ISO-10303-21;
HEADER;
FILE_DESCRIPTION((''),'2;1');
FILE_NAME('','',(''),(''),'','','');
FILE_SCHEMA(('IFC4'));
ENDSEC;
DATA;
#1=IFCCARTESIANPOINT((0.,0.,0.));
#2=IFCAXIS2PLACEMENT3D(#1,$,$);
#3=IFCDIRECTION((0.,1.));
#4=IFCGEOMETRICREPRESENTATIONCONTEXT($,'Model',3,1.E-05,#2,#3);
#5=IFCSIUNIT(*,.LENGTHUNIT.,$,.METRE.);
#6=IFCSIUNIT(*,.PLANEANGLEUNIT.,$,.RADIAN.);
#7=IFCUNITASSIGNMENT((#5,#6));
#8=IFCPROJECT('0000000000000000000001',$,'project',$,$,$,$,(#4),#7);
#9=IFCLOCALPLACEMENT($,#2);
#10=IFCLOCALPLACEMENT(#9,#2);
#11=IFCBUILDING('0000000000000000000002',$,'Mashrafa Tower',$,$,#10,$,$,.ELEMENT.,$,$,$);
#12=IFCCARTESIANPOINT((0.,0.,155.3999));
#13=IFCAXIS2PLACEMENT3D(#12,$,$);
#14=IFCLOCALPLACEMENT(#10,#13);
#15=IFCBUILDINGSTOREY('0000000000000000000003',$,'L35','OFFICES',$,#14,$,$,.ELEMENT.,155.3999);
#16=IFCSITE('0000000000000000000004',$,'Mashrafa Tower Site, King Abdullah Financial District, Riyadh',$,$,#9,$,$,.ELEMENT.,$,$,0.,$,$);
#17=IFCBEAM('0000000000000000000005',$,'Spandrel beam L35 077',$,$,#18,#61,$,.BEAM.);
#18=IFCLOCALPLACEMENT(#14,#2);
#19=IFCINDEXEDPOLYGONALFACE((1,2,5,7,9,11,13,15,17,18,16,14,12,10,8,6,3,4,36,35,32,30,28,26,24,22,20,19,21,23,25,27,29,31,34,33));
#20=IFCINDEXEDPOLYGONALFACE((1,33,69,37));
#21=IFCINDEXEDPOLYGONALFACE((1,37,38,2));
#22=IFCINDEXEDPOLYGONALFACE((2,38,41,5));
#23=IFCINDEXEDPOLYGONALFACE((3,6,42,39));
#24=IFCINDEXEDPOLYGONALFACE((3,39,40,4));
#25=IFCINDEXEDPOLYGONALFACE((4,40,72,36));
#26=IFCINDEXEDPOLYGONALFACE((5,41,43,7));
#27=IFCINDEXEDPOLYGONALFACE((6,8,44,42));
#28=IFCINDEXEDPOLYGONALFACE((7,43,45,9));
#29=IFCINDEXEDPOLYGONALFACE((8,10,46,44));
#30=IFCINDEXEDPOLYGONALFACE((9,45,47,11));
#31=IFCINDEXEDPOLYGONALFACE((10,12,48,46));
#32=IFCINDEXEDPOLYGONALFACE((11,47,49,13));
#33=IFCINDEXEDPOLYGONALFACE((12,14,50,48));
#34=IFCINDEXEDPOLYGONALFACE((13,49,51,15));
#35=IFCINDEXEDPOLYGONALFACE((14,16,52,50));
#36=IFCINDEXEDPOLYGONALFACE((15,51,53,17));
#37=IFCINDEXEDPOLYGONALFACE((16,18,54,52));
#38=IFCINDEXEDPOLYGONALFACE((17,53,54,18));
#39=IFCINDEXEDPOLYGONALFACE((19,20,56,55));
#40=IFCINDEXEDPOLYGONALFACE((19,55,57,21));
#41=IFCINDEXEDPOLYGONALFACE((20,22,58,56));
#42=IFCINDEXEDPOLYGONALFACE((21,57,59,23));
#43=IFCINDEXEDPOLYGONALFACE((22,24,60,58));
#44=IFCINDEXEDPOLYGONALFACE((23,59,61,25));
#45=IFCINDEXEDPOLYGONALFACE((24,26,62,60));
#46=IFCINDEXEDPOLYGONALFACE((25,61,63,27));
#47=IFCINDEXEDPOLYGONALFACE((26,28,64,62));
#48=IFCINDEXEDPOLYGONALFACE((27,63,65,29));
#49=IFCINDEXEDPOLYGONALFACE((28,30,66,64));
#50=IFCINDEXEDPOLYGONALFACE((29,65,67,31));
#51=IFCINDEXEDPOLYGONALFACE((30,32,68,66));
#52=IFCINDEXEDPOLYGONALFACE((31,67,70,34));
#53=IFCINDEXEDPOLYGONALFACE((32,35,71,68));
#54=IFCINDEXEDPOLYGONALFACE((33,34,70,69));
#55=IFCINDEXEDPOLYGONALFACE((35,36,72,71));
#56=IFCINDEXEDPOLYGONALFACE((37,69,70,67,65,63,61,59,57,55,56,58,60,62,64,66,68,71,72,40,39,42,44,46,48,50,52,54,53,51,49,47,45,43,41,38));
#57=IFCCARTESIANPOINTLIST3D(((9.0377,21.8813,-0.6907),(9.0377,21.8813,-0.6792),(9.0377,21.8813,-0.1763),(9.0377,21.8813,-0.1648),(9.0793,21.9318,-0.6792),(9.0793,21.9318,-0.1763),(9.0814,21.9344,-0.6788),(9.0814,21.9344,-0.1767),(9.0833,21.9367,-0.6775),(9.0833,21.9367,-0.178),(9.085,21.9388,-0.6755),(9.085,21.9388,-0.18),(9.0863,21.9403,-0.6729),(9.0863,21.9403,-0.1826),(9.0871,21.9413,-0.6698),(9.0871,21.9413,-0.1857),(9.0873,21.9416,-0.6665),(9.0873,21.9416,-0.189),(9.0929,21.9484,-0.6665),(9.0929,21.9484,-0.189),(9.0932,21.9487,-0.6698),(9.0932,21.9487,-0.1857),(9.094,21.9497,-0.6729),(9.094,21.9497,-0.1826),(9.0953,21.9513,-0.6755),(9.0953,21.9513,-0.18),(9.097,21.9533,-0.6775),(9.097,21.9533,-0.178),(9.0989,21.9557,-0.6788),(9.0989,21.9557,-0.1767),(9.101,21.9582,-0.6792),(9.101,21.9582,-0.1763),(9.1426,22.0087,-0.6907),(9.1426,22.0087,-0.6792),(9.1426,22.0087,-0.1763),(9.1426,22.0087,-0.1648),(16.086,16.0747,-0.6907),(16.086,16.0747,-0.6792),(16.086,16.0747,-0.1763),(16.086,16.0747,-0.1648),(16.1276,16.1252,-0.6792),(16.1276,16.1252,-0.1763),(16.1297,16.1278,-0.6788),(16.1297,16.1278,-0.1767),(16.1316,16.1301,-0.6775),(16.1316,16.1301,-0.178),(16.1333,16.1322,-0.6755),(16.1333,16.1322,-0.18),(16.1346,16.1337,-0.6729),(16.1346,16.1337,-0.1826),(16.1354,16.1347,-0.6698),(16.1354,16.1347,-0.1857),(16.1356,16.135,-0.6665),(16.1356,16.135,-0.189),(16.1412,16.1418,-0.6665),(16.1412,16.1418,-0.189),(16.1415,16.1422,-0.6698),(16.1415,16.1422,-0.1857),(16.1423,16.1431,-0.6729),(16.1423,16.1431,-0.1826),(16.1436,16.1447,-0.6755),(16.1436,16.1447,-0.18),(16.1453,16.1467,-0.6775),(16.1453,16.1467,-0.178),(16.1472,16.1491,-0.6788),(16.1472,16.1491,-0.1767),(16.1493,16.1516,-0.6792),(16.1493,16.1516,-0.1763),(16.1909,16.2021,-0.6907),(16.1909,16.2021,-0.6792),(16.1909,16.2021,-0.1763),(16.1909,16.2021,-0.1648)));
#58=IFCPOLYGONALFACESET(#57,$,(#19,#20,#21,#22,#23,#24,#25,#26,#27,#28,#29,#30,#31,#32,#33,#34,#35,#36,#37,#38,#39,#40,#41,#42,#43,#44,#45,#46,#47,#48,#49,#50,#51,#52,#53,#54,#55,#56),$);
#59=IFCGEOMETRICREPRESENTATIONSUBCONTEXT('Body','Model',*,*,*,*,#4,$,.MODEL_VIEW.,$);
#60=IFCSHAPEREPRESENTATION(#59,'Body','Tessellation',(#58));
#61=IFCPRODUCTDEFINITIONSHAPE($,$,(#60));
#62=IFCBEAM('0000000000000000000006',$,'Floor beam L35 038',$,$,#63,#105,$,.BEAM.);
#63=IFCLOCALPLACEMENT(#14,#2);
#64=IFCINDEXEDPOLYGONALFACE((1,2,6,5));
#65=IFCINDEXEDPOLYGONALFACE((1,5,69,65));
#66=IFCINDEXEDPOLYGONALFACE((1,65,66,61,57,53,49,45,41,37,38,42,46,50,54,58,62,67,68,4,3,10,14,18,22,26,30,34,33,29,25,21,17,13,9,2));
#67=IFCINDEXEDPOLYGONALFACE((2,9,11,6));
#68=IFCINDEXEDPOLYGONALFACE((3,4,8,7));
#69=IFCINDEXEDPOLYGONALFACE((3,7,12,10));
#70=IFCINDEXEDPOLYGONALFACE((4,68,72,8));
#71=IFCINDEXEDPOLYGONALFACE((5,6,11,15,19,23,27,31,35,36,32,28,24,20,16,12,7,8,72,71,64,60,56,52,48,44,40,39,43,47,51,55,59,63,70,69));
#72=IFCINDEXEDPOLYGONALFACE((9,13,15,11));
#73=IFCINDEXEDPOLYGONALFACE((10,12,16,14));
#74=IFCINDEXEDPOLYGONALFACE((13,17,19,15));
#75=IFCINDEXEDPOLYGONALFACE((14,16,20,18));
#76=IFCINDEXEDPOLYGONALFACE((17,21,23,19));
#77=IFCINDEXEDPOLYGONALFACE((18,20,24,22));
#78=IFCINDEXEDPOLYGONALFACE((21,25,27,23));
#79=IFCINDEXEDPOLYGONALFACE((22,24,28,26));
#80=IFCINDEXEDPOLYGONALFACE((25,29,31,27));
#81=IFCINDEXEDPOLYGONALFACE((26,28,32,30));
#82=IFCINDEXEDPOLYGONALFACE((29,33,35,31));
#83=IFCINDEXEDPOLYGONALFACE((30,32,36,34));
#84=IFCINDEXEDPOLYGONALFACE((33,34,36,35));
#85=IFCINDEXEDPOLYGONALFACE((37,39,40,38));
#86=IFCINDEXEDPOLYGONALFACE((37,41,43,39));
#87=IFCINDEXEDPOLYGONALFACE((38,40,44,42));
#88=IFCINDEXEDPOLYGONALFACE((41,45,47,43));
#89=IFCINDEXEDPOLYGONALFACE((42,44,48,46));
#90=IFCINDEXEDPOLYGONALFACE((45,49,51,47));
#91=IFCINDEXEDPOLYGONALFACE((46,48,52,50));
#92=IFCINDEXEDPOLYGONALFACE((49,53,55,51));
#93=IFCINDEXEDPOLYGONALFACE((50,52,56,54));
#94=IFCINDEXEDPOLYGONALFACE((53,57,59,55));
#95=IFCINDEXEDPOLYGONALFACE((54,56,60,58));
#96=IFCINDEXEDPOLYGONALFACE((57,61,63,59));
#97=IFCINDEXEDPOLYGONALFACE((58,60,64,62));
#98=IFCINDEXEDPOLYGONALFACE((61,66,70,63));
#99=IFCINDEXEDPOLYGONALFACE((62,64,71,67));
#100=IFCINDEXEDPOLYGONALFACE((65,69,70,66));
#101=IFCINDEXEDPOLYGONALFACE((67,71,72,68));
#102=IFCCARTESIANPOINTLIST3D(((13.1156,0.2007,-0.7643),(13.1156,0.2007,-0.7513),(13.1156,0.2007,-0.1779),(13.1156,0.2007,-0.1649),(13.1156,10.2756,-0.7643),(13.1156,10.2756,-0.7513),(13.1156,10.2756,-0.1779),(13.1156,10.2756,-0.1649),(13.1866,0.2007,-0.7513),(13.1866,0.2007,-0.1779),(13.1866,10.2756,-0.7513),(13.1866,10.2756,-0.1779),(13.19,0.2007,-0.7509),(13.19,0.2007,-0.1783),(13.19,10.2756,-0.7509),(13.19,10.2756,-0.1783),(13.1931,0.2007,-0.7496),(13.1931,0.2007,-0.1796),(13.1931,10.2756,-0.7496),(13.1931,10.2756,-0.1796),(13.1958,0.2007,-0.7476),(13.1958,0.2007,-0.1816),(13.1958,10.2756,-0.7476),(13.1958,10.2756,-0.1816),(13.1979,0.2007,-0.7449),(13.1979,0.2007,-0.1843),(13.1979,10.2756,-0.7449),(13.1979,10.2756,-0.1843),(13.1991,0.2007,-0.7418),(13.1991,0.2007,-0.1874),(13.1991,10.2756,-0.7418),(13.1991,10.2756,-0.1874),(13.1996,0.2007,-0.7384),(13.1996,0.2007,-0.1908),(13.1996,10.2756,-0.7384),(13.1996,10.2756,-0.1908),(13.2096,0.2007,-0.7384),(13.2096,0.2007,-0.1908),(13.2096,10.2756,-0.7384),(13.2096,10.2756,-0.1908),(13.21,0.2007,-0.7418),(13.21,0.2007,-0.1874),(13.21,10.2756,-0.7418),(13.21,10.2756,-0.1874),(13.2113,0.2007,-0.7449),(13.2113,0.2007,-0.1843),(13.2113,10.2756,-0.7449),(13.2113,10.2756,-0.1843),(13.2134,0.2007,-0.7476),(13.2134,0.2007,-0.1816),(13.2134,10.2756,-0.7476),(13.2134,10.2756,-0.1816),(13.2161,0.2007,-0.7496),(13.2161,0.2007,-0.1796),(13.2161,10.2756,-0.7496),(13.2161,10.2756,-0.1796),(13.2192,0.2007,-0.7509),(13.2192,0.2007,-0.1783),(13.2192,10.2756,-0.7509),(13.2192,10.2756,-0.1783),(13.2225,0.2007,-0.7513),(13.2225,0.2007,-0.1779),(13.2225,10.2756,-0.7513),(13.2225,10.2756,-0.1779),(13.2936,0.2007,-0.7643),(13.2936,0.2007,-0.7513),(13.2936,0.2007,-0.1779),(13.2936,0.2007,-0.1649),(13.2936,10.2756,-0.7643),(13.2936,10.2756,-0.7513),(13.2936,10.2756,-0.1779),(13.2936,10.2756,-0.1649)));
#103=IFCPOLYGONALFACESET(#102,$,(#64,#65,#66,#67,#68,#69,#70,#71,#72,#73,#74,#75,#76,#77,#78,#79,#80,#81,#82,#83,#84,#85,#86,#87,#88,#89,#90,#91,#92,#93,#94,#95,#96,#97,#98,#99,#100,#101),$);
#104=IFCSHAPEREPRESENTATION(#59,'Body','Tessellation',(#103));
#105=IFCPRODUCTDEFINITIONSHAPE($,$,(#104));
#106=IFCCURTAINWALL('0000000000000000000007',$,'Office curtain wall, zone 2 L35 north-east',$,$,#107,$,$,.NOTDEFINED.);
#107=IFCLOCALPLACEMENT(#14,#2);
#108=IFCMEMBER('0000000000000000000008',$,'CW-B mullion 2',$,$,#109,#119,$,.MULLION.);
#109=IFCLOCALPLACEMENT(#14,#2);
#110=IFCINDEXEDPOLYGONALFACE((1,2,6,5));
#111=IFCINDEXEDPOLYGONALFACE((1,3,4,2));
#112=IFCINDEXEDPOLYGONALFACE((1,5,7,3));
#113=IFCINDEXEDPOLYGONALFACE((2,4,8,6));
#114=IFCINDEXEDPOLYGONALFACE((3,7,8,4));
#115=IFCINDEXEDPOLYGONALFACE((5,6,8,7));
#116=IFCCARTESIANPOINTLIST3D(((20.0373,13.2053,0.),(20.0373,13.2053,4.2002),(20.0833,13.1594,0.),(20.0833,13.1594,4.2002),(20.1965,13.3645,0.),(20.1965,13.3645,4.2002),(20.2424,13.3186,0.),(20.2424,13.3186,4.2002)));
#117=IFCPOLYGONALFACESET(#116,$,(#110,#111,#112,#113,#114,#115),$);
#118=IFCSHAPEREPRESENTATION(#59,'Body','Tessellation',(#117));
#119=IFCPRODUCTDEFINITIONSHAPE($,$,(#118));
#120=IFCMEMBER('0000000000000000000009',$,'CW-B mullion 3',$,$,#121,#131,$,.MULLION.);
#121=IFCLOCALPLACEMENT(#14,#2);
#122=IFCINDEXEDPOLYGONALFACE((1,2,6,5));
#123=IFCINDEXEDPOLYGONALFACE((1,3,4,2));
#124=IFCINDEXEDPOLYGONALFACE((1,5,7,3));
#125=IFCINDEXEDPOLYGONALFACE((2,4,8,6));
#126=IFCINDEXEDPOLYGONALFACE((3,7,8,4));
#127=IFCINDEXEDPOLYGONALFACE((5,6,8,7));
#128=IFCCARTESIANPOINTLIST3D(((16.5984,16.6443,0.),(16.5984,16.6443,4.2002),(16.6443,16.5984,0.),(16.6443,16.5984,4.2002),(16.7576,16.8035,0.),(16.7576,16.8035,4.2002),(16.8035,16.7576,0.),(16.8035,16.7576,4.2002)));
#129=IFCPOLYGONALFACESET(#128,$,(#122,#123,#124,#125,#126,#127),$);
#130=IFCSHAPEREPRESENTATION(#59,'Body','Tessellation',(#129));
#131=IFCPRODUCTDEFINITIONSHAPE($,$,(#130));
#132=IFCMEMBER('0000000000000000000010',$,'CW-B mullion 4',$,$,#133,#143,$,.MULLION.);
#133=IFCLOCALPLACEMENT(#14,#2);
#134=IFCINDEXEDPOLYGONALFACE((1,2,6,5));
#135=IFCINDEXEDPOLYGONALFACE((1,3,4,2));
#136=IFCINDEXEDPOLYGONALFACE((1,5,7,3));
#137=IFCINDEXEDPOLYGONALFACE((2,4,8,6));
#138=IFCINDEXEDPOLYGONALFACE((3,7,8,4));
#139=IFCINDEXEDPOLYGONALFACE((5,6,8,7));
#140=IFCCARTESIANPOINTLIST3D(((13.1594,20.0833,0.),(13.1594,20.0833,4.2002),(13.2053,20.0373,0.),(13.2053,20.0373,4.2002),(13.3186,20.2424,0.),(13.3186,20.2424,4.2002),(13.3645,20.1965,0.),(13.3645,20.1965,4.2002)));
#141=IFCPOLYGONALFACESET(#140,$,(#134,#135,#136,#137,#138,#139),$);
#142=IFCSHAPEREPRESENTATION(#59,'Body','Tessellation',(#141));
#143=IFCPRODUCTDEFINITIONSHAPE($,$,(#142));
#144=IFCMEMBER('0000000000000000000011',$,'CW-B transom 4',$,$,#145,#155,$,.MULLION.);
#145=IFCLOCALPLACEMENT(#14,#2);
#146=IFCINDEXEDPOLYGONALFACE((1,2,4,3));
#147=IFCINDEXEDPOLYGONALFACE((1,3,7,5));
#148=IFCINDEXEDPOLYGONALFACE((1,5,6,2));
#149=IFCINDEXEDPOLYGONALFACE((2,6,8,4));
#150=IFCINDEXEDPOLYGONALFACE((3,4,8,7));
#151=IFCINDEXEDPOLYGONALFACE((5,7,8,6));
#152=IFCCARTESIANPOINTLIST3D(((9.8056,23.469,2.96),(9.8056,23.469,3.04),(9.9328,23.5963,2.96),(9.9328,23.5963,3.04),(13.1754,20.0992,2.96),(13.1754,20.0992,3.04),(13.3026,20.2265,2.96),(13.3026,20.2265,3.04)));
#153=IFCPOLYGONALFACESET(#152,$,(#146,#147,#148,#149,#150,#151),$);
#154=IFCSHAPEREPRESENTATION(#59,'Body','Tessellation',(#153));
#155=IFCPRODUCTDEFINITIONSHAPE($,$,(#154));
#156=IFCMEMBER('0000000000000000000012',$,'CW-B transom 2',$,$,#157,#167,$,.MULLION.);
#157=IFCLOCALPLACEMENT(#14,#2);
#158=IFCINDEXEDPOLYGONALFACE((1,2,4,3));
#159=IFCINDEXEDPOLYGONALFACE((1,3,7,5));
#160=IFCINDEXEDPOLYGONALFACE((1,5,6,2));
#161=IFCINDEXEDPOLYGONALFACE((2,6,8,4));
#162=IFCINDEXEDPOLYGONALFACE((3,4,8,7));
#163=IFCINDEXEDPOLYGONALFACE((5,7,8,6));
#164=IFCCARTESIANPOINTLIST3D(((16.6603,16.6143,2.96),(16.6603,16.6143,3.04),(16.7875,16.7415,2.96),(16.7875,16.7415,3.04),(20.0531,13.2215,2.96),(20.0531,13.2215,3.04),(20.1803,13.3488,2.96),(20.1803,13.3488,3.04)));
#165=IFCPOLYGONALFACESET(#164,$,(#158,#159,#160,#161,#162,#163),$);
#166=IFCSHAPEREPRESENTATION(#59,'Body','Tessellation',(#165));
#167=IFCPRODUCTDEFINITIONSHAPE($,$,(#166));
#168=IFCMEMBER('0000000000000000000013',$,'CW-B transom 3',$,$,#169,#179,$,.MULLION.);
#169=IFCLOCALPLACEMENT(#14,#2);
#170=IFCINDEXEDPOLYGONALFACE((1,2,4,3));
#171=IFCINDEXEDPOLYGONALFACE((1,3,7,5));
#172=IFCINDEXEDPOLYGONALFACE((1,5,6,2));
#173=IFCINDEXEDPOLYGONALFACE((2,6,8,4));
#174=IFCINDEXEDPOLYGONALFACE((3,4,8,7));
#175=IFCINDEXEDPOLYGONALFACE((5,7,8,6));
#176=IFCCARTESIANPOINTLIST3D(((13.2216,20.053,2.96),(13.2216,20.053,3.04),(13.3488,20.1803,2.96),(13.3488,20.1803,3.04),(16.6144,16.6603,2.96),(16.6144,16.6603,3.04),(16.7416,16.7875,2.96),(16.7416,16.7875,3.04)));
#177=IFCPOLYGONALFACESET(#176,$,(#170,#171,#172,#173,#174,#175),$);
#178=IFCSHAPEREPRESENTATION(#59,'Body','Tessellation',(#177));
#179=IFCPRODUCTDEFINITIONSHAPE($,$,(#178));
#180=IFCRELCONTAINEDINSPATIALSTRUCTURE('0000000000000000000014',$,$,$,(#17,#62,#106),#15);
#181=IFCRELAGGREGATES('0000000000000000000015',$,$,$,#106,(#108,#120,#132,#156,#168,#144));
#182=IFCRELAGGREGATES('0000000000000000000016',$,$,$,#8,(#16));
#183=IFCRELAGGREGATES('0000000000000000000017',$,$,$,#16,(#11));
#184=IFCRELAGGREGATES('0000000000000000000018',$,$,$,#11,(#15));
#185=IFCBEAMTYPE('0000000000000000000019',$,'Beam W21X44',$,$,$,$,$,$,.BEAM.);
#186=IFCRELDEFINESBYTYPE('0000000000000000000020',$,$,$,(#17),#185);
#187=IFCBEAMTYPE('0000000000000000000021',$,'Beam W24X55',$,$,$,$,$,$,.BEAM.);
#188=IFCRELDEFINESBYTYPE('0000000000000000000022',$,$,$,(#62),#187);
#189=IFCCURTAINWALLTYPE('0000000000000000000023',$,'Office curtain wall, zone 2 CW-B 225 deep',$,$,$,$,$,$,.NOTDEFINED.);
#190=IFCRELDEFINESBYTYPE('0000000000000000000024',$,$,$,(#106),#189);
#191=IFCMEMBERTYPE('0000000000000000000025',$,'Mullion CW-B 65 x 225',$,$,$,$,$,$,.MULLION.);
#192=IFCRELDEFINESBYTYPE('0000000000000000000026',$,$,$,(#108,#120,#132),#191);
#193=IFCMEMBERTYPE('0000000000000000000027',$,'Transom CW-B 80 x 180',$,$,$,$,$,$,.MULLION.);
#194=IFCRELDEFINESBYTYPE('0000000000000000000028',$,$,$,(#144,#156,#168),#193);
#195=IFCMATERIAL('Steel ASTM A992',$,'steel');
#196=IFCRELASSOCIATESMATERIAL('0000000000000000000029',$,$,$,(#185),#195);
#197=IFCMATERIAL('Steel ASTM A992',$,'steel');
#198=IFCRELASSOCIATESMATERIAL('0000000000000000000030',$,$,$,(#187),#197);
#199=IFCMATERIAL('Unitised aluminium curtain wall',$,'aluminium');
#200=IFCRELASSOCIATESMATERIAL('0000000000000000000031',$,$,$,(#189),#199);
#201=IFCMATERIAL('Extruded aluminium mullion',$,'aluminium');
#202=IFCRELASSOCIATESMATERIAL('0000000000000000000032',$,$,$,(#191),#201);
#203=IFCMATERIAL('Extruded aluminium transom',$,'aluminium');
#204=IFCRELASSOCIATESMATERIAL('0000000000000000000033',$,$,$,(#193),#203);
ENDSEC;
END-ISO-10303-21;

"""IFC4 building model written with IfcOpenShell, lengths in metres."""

from ifc_helpers import new_model, si_unit, direction, frame, origin, origin_2d, place, context, subcontext, project, spatial, rectangle, i_section, extrude, source, transform, mapped, material, material_profile, profile_set, type_object, type_shapes, element, aggregate, save


model = new_model("IFC4")

# Units and contexts
model_context = context("Model", 3, precision=1e-05, world=origin(), true_north=direction((0.0, 1.0)))
body_context = subcontext(model_context, "Body", "Model", "MODEL_VIEW")
ifc_project = project(units=[si_unit("LENGTHUNIT", "METRE"), si_unit("PLANEANGLEUNIT", "RADIAN")], contexts=[model_context])

# Site, building, storey
site_placement = place(None, origin())
site = spatial("IfcSite", under=ifc_project, at=site_placement, Name="Mashrafa Tower Site, King Abdullah Financial District, Riyadh", CompositionType="ELEMENT", RefElevation=0.0)
building_placement = place(site_placement, origin())
building = spatial("IfcBuilding", under=site, at=building_placement, Name="Mashrafa Tower", CompositionType="ELEMENT")
storey_placement = place(building_placement, frame((0.0, 0.0, 155.3999)))
storey = spatial("IfcBuildingStorey", under=building, at=storey_placement, Name="L35", Description="OFFICES", CompositionType="ELEMENT", Elevation=155.3999)

# Beams
ifc_material_1 = material(Name="Steel ASTM A992", Category="steel")
ifc_material_profile_1 = material_profile(ifc_material_1, i_section(OverallWidth=0.165, OverallDepth=0.5259, WebThickness=0.0088, FlangeThickness=0.0115, FilletRadius=0.0127, at=origin_2d()), Name="W21X44")
ifc_profile_set_1 = profile_set([ifc_material_profile_1], Name="Steel ASTM A992")
beam_type_1 = type_object("IfcBeamType", Name="Beam W21X44", PredefinedType="BEAM", material=ifc_profile_set_1)
beam_1_placement = place(storey_placement, frame((16.1384, 16.1384, -0.4277), z_axis=(-0.771816, 0.635846, 0.0), x_axis=(-0.635846, -0.771816, 0.0)))
element("IfcBeam", 1, at=beam_1_placement, inside=storey, type_object=beam_type_1, Name="Spandrel beam L35 077", PredefinedType="BEAM", context=body_context, shape_type="SweptSolid", body=[
    extrude(i_section(OverallWidth=0.165, OverallDepth=0.5259, WebThickness=0.0088, FlangeThickness=0.0115, FilletRadius=0.0127, at=origin_2d()), origin(), (0.0, 0.0, 1.0), 9.1321),
])
ifc_material_2 = material(Name="Steel ASTM A992", Category="steel")
ifc_material_profile_2 = material_profile(ifc_material_2, i_section(OverallWidth=0.178, OverallDepth=0.5994, WebThickness=0.01, FlangeThickness=0.0129, FilletRadius=0.0129, at=origin_2d()), Name="W24X55")
ifc_profile_set_2 = profile_set([ifc_material_profile_2], Name="Steel ASTM A992")
beam_type_2 = type_object("IfcBeamType", Name="Beam W24X55", PredefinedType="BEAM", material=ifc_profile_set_2)
beam_2_placement = place(storey_placement, frame((13.2046, 10.2756, -0.4646), z_axis=(0.0, -1.0, 0.0), x_axis=(1.0, 0.0, 0.0)))
element("IfcBeam", 2, at=beam_2_placement, inside=storey, type_object=beam_type_2, Name="Floor beam L35 038", PredefinedType="BEAM", context=body_context, shape_type="SweptSolid", body=[
    extrude(i_section(OverallWidth=0.178, OverallDepth=0.5994, WebThickness=0.01, FlangeThickness=0.0129, FilletRadius=0.0129, at=origin_2d()), origin(), (0.0, 0.0, 1.0), 10.075),
])

# Curtain wall, members
ifc_material_3 = material(Name="Unitised aluminium curtain wall", Category="aluminium")
curtain_wall_type = type_object("IfcCurtainWallType", Name="Office curtain wall, zone 2 CW-B 225 deep", PredefinedType="NOTDEFINED", material=ifc_material_3)
curtain_wall_placement = place(storey_placement, origin())
curtain_wall = element("IfcCurtainWall", 3, at=curtain_wall_placement, inside=storey, type_object=curtain_wall_type, Name="Office curtain wall, zone 2 L35 north-east", PredefinedType="NOTDEFINED")
ifc_material_4 = material(Name="Extruded aluminium mullion", Category="aluminium")
ifc_material_profile_3 = material_profile(ifc_material_4, rectangle(XDim=0.2251, YDim=0.0649, at=origin_2d()), Name="Mullion 65x225")
ifc_profile_set_3 = profile_set([ifc_material_profile_3], Name="Extruded aluminium mullion")
member_type_1 = type_object("IfcMemberType", Name="Mullion CW-B 65 x 225", PredefinedType="MULLION", material=ifc_profile_set_3)
shared_shape_1 = source(origin(), body_context, "Body", "SweptSolid", [
    extrude(rectangle(XDim=0.2251, YDim=0.0649, at=origin_2d()), origin(), (0.0, 0.0, 1.0), 4.2002),
])
type_shapes(member_type_1, [shared_shape_1])
member_1_placement = place(storey_placement, frame((20.1399, 13.262, 0.0), z_axis=(0.0, 0.0, 1.0), x_axis=(-0.707107, -0.707107, 0.0)))
member_1 = element("IfcMember", 4, at=member_1_placement, type_object=member_type_1, Name="CW-B mullion 2", PredefinedType="MULLION", context=body_context, shape_type="MappedRepresentation", body=[
    mapped(shared_shape_1, transform((0.0, 0.0, 0.0))),
])
member_2_placement = place(storey_placement, frame((16.7009, 16.7009, 0.0), z_axis=(0.0, 0.0, 1.0), x_axis=(-0.707107, -0.707107, 0.0)))
member_2 = element("IfcMember", 5, at=member_2_placement, type_object=member_type_1, Name="CW-B mullion 3", PredefinedType="MULLION", context=body_context, shape_type="MappedRepresentation", body=[
    mapped(shared_shape_1, transform((0.0, 0.0, 0.0))),
])
member_3_placement = place(storey_placement, frame((13.262, 20.1399, 0.0), z_axis=(0.0, 0.0, 1.0), x_axis=(-0.707107, -0.707107, 0.0)))
member_3 = element("IfcMember", 6, at=member_3_placement, type_object=member_type_1, Name="CW-B mullion 4", PredefinedType="MULLION", context=body_context, shape_type="MappedRepresentation", body=[
    mapped(shared_shape_1, transform((0.0, 0.0, 0.0))),
])
ifc_material_5 = material(Name="Extruded aluminium transom", Category="aluminium")
ifc_material_profile_4 = material_profile(ifc_material_5, rectangle(XDim=0.1799, YDim=0.0801, at=origin_2d()), Name="Transom 80x180")
ifc_profile_set_4 = profile_set([ifc_material_profile_4], Name="Extruded aluminium transom")
member_type_2 = type_object("IfcMemberType", Name="Transom CW-B 80 x 180", PredefinedType="MULLION", material=ifc_profile_set_4)
shared_shape_2 = source(origin(), body_context, "Body", "SweptSolid", [
    extrude(rectangle(XDim=0.1799, YDim=0.0801, at=origin_2d()), origin(), (0.0, 0.0, 1.0), 4.7656),
])
member_4_placement = place(storey_placement, frame((13.239, 20.1628, 3.0), z_axis=(-0.707107, 0.707107, 0.0), x_axis=(-0.707107, -0.707107, 0.0)))
member_4 = element("IfcMember", 7, at=member_4_placement, type_object=member_type_2, Name="CW-B transom 4", PredefinedType="MULLION", context=body_context, shape_type="MappedRepresentation", body=[
    mapped(shared_shape_2, transform((0.0, 0.0, 0.0))),
])
shared_shape_3 = source(origin(), body_context, "Body", "SweptSolid", [
    extrude(rectangle(XDim=0.1799, YDim=0.0801, at=origin_2d()), origin(), (0.0, 0.0, 1.0), 4.7981),
])
type_shapes(member_type_2, [shared_shape_2, shared_shape_3])
member_5_placement = place(storey_placement, frame((20.1167, 13.2852, 3.0), z_axis=(-0.707107, 0.707107, 0.0), x_axis=(-0.707107, -0.707107, 0.0)))
member_5 = element("IfcMember", 8, at=member_5_placement, type_object=member_type_2, Name="CW-B transom 2", PredefinedType="MULLION", context=body_context, shape_type="MappedRepresentation", body=[
    mapped(shared_shape_3, transform((0.0, 0.0, 0.0))),
])
member_6_placement = place(storey_placement, frame((16.678, 16.7239, 3.0), z_axis=(-0.707107, 0.707107, 0.0), x_axis=(-0.707107, -0.707107, 0.0)))
member_6 = element("IfcMember", 9, at=member_6_placement, type_object=member_type_2, Name="CW-B transom 3", PredefinedType="MULLION", context=body_context, shape_type="MappedRepresentation", body=[
    mapped(shared_shape_3, transform((0.0, 0.0, 0.0))),
])
aggregate(curtain_wall, [member_1, member_2, member_3, member_5, member_6, member_4])

save(model, "model.ifc")
